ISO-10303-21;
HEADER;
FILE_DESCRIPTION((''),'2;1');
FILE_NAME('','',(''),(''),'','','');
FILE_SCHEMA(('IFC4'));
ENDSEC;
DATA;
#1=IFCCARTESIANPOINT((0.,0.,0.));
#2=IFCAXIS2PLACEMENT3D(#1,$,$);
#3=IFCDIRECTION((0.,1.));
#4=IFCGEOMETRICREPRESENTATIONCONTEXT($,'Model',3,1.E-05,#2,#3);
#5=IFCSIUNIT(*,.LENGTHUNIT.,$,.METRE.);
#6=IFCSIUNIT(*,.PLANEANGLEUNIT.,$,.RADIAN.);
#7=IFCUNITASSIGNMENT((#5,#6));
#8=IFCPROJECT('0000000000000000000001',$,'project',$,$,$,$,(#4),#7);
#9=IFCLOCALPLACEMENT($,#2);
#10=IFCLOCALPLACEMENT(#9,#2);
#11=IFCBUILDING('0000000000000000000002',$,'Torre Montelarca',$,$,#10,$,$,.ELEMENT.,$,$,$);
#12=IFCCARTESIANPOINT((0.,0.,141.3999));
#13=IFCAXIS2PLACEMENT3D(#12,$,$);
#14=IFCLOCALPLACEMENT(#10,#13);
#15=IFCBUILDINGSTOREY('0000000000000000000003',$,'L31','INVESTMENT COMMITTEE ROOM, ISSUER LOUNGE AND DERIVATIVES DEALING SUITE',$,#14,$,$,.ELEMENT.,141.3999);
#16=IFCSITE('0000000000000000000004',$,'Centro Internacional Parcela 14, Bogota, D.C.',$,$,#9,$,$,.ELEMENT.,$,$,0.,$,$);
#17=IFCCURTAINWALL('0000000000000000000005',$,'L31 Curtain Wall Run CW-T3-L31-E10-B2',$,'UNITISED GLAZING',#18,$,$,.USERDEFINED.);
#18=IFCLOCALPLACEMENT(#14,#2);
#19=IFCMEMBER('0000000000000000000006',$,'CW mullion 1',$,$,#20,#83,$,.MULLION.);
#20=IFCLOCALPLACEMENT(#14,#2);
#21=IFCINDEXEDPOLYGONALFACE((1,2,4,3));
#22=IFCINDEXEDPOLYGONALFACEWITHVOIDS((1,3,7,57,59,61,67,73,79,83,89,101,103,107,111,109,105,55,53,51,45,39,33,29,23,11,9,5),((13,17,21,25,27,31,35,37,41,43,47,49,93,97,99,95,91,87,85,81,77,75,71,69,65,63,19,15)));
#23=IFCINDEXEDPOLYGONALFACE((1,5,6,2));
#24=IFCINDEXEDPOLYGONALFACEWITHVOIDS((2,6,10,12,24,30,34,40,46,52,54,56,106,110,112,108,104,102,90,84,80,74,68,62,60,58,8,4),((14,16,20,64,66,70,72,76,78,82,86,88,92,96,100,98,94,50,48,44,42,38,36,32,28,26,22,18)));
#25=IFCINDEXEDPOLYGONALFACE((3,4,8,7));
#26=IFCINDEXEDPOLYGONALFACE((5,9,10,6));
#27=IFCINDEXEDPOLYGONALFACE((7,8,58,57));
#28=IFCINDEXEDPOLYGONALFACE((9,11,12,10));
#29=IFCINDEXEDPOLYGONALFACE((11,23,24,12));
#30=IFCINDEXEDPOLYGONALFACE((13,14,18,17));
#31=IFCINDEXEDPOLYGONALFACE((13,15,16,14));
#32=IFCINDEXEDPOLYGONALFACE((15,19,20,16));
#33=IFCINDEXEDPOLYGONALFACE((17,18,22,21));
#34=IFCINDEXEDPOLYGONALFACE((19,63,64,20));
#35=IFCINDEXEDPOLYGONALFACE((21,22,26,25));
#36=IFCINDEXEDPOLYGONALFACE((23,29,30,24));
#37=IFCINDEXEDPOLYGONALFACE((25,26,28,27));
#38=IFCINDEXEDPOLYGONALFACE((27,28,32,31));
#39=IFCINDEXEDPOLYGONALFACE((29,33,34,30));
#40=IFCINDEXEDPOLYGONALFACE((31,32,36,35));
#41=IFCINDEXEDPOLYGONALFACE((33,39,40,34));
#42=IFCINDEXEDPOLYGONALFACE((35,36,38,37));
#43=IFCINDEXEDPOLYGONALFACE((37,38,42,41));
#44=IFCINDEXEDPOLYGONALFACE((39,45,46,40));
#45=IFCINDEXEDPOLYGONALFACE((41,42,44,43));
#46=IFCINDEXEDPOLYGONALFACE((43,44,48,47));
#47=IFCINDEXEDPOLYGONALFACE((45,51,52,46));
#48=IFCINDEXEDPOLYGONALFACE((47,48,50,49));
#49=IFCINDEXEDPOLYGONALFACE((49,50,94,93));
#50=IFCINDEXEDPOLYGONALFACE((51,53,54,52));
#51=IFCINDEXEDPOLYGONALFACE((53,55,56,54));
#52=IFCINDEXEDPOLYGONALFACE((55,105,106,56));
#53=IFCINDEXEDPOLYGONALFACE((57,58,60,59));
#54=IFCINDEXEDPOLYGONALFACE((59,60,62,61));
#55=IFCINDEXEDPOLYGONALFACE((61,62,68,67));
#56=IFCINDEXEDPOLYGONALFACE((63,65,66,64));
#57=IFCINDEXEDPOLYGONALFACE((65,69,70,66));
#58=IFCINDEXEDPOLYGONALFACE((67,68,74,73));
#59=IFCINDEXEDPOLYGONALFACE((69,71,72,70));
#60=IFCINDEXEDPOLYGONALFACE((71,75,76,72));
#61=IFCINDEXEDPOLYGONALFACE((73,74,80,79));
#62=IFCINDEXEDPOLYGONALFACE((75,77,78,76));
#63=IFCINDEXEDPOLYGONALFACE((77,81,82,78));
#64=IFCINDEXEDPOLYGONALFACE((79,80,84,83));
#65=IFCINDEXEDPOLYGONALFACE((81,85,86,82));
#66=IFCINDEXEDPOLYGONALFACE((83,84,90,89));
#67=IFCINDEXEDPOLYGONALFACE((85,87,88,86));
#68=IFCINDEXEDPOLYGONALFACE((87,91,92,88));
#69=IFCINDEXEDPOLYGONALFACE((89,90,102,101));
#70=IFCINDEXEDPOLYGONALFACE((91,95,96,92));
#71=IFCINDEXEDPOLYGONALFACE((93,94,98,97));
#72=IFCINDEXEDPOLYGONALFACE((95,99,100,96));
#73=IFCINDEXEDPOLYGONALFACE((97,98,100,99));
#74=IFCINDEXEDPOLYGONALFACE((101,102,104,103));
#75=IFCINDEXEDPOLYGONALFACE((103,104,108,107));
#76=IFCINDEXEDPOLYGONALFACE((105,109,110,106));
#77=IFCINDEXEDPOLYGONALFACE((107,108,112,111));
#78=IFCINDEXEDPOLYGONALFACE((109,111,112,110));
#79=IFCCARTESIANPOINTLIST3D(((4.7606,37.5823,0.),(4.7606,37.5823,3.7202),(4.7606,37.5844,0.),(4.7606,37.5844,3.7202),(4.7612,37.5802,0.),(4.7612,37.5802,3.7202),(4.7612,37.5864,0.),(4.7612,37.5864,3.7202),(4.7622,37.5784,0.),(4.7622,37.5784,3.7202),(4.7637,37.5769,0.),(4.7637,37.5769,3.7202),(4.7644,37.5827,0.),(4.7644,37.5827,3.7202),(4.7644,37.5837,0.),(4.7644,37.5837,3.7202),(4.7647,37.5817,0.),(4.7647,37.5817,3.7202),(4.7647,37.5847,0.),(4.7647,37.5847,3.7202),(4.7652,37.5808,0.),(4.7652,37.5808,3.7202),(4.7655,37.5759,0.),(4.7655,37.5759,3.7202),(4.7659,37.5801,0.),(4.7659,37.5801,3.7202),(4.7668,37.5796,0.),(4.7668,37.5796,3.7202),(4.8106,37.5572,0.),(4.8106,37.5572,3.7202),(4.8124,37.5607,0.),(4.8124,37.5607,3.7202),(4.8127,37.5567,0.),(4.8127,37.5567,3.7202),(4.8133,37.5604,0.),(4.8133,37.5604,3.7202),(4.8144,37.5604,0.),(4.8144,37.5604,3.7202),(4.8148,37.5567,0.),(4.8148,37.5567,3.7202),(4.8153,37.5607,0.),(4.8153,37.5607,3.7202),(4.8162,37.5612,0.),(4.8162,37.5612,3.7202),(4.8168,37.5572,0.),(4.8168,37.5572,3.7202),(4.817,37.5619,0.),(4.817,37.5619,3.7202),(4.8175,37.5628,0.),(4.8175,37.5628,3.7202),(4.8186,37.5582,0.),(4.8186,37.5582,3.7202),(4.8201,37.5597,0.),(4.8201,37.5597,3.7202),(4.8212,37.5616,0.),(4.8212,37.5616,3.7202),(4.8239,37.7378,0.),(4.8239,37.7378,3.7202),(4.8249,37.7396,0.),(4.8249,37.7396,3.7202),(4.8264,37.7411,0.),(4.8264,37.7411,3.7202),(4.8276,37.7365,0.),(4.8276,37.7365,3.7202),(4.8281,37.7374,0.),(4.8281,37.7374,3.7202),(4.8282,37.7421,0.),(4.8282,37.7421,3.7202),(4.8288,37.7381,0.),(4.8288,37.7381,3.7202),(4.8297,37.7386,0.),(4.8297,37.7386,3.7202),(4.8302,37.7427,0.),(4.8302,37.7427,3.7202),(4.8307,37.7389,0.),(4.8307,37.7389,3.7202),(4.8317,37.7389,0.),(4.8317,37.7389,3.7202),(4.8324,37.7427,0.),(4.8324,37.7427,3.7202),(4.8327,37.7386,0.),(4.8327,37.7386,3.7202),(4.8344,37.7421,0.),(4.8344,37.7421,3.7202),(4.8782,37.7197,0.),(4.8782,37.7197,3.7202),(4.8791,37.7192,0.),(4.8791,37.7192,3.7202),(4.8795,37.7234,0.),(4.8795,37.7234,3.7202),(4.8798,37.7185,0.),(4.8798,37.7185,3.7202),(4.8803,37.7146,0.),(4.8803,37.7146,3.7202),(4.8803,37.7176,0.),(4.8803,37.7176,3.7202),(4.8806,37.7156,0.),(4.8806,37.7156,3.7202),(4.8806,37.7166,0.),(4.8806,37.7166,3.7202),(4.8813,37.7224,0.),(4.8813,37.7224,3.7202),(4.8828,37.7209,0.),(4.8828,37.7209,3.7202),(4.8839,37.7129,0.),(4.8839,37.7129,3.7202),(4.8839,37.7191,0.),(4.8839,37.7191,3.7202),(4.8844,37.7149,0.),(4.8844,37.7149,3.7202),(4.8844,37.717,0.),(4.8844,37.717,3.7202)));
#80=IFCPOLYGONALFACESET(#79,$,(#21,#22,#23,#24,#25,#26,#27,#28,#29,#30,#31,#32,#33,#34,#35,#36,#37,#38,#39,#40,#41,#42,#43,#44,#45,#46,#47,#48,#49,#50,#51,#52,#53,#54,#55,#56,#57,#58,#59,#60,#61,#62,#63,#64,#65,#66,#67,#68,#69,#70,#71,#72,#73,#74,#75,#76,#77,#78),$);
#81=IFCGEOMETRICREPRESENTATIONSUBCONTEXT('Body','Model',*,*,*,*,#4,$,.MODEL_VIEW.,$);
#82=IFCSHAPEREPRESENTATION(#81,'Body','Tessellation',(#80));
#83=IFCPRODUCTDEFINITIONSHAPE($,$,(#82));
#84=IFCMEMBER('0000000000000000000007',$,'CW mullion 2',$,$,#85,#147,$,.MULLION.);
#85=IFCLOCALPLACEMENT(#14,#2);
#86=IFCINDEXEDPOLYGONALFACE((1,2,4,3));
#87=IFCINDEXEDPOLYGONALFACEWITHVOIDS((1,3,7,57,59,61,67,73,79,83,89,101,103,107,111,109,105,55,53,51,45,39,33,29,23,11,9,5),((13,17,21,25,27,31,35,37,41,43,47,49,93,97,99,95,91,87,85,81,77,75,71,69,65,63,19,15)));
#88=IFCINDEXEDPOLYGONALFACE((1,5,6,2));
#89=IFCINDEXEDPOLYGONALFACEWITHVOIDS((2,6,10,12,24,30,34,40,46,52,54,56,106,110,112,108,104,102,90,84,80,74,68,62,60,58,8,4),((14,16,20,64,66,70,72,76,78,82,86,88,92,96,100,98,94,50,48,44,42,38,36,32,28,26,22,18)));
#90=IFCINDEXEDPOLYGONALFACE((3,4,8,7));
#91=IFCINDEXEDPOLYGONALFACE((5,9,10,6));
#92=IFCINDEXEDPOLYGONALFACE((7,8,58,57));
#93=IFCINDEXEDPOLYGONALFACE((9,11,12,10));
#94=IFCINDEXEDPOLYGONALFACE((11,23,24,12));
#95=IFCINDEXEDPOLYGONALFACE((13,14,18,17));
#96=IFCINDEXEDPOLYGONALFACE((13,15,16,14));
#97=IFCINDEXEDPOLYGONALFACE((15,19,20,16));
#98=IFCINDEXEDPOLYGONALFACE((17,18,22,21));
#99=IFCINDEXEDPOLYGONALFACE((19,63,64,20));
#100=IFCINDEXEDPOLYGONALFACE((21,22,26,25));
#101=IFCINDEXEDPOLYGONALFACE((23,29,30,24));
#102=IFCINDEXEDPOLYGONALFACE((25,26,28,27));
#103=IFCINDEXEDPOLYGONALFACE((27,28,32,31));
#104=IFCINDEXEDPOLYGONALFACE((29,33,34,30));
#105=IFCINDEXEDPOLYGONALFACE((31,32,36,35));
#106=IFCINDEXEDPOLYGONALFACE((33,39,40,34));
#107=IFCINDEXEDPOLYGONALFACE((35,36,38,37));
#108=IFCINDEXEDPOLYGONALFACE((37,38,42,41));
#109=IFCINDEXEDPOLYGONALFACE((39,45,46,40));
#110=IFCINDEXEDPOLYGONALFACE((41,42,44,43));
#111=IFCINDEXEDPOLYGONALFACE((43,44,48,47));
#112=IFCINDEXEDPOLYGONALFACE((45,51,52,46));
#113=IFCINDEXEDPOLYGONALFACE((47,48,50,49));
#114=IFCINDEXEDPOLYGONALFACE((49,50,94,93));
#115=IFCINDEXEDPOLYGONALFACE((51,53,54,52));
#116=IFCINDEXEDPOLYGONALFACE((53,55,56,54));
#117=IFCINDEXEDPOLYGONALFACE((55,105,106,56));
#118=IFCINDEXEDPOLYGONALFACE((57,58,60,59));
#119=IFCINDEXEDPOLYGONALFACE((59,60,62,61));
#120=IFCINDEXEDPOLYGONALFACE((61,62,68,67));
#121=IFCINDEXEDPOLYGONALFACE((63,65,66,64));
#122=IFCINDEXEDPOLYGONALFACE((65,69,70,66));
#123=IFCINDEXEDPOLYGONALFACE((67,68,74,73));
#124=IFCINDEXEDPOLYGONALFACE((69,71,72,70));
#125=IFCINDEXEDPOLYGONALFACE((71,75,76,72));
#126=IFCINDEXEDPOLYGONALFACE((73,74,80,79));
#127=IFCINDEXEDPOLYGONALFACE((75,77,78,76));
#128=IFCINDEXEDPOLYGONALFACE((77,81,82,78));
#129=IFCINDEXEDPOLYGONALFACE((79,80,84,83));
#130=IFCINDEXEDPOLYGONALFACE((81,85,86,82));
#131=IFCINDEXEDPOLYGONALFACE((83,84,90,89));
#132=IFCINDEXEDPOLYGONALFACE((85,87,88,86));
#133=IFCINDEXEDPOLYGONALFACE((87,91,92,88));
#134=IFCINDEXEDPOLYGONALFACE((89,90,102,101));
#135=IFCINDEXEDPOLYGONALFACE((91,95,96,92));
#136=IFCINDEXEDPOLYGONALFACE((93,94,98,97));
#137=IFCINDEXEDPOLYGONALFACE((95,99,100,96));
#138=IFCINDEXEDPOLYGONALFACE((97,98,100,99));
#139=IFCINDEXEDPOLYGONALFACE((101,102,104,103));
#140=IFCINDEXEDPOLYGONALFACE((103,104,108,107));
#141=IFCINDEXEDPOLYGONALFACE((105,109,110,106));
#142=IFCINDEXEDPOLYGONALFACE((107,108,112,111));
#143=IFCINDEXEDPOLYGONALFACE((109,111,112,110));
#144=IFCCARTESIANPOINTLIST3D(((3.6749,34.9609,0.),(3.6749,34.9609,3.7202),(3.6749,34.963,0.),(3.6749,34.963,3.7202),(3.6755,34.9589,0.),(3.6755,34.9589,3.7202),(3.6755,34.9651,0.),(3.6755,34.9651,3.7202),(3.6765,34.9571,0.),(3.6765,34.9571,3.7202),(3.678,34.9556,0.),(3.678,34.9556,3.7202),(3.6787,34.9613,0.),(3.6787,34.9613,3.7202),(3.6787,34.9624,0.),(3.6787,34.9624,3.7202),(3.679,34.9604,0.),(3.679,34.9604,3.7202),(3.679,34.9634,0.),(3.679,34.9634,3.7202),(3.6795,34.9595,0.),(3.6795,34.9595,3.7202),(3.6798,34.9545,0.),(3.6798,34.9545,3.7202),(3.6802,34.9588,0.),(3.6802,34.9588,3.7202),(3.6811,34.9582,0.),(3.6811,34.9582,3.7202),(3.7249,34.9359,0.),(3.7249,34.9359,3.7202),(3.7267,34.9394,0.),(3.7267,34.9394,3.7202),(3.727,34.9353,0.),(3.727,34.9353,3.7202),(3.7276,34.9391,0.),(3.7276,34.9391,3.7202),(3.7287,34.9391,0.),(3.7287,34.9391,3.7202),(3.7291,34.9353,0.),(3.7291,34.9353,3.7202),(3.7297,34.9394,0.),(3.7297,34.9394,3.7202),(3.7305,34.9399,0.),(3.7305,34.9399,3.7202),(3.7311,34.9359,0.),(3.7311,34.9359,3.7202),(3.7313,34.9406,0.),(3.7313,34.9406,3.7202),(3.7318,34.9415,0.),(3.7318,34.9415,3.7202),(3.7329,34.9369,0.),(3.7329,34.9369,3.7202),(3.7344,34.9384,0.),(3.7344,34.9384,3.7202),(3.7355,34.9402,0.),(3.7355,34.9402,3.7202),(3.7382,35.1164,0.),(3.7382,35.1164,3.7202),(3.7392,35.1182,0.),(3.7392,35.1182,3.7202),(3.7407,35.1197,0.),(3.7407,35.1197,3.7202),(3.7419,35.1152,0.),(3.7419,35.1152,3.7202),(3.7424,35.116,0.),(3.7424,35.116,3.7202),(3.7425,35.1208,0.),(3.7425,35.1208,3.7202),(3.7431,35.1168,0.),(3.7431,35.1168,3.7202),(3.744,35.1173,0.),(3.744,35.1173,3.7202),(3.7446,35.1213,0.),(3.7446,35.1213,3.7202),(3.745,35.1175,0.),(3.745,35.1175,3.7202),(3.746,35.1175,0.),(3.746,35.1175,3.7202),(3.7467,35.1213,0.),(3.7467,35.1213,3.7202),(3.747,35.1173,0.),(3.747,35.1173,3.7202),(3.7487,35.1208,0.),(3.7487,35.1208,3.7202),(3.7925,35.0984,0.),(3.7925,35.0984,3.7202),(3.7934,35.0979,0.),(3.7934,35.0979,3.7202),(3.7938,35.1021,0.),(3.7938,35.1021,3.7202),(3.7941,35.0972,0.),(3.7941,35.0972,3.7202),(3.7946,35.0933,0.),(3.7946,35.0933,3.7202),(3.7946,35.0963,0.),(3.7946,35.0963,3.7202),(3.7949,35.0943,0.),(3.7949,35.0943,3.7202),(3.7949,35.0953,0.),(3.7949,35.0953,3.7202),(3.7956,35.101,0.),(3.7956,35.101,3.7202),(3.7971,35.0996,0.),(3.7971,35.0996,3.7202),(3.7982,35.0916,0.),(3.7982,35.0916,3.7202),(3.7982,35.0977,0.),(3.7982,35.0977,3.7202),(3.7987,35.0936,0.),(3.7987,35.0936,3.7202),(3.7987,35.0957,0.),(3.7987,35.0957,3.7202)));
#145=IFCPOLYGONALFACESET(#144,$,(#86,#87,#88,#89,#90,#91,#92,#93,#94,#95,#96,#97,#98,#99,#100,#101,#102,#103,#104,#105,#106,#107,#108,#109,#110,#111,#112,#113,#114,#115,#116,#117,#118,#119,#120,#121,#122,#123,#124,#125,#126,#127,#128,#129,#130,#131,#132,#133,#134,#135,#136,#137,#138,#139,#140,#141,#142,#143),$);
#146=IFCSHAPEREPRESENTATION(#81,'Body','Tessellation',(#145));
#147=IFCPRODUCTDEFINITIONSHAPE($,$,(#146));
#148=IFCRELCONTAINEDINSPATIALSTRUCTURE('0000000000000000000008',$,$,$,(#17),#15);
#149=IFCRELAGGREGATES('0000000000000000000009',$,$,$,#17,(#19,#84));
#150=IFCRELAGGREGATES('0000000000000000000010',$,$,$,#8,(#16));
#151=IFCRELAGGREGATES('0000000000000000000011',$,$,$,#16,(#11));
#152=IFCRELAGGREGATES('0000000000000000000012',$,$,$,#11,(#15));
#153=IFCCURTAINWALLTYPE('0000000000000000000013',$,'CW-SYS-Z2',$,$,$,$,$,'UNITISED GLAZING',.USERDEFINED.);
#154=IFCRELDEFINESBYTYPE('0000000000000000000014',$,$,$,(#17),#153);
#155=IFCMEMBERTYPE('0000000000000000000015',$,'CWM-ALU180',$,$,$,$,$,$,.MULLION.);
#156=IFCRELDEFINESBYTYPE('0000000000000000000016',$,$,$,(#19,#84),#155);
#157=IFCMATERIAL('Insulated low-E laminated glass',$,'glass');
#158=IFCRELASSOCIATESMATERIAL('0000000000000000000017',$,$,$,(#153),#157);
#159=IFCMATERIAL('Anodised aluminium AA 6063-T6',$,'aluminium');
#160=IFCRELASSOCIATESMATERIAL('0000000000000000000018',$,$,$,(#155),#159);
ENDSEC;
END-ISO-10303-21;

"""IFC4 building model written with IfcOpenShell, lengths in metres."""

from ifc_helpers import new_model, si_unit, direction, frame, origin, origin_2d, place, context, subcontext, project, spatial, hollow_rectangle, extrude, source, transform, mapped, material, material_profile, profile_set, type_object, element, aggregate, save


model = new_model("IFC4")

# Units and contexts
model_context = context("Model", 3, precision=1e-05, world=origin(), true_north=direction((0.0, 1.0)))
body_context = subcontext(model_context, "Body", "Model", "MODEL_VIEW")
ifc_project = project(units=[si_unit("LENGTHUNIT", "METRE"), si_unit("PLANEANGLEUNIT", "RADIAN")], contexts=[model_context])

# Site, building, storey
site_placement = place(None, origin())
site = spatial("IfcSite", under=ifc_project, at=site_placement, Name="Centro Internacional Parcela 14, Bogota, D.C.", CompositionType="ELEMENT", RefElevation=0.0)
building_placement = place(site_placement, origin())
building = spatial("IfcBuilding", under=site, at=building_placement, Name="Torre Montelarca", CompositionType="ELEMENT")
storey_placement = place(building_placement, frame((0.0, 0.0, 141.3999)))
storey = spatial("IfcBuildingStorey", under=building, at=storey_placement, Name="L31", Description="INVESTMENT COMMITTEE ROOM, ISSUER LOUNGE AND DERIVATIVES DEALING SUITE", CompositionType="ELEMENT", Elevation=141.3999)

# Curtain wall, members
ifc_material_1 = material(Name="Insulated low-E laminated glass", Category="glass")
curtain_wall_type = type_object("IfcCurtainWallType", Name="CW-SYS-Z2", ElementType="UNITISED GLAZING", PredefinedType="USERDEFINED", material=ifc_material_1)
curtain_wall_1_placement = place(storey_placement, origin())
curtain_wall_1 = element("IfcCurtainWall", 1, at=curtain_wall_1_placement, inside=storey, type_object=curtain_wall_type, Name="L31 Curtain Wall Run CW-T3-L31-E10-B2", ObjectType="UNITISED GLAZING", PredefinedType="USERDEFINED")
ifc_material_2 = material(Name="Anodised aluminium AA 6063-T6", Category="aluminium")
ifc_material_profile_1 = material_profile(ifc_material_2, hollow_rectangle(XDim=0.0649, YDim=0.1799, WallThickness=0.0039, InnerFilletRadius=0.0039, OuterFilletRadius=0.0081, at=origin_2d()), Name="ALU65X180X4", Category="aluminium")
ifc_profile_set_1 = profile_set([ifc_material_profile_1], Name="Anodised aluminium AA 6063-T6")
member_type_1 = type_object("IfcMemberType", Name="CWM-ALU180", PredefinedType="MULLION", material=ifc_profile_set_1)
shared_shape_1 = source(origin(), body_context, "Body", "SweptSolid", [
    extrude(hollow_rectangle(XDim=0.0649, YDim=0.1799, WallThickness=0.0039, InnerFilletRadius=0.0039, OuterFilletRadius=0.0081, at=origin_2d()), origin(), (0.0, 0.0, 1.0), 3.7202),
])
member_1_placement = place(storey_placement, frame((4.8225, 37.6497, 0.0), z_axis=(0.0, 0.0, 1.0), x_axis=(0.923878, -0.382687, 0.0)))
member_1 = element("IfcMember", 2, at=member_1_placement, type_object=member_type_1, Name="CW mullion 1", PredefinedType="MULLION", context=body_context, shape_type="MappedRepresentation", body=[
    mapped(shared_shape_1, transform((0.0, 0.0, 0.0), scale=1.0)),
])
member_2_placement = place(storey_placement, frame((3.7368, 35.0283, 0.0), z_axis=(0.0, 0.0, 1.0), x_axis=(0.923878, -0.382687, 0.0)))
member_2 = element("IfcMember", 3, at=member_2_placement, type_object=member_type_1, Name="CW mullion 2", PredefinedType="MULLION", context=body_context, shape_type="MappedRepresentation", body=[
    mapped(shared_shape_1, transform((0.0, 0.0, 0.0), scale=1.0)),
])

aggregate(curtain_wall_1, [member_1, member_2])

save(model, "model.ifc")
